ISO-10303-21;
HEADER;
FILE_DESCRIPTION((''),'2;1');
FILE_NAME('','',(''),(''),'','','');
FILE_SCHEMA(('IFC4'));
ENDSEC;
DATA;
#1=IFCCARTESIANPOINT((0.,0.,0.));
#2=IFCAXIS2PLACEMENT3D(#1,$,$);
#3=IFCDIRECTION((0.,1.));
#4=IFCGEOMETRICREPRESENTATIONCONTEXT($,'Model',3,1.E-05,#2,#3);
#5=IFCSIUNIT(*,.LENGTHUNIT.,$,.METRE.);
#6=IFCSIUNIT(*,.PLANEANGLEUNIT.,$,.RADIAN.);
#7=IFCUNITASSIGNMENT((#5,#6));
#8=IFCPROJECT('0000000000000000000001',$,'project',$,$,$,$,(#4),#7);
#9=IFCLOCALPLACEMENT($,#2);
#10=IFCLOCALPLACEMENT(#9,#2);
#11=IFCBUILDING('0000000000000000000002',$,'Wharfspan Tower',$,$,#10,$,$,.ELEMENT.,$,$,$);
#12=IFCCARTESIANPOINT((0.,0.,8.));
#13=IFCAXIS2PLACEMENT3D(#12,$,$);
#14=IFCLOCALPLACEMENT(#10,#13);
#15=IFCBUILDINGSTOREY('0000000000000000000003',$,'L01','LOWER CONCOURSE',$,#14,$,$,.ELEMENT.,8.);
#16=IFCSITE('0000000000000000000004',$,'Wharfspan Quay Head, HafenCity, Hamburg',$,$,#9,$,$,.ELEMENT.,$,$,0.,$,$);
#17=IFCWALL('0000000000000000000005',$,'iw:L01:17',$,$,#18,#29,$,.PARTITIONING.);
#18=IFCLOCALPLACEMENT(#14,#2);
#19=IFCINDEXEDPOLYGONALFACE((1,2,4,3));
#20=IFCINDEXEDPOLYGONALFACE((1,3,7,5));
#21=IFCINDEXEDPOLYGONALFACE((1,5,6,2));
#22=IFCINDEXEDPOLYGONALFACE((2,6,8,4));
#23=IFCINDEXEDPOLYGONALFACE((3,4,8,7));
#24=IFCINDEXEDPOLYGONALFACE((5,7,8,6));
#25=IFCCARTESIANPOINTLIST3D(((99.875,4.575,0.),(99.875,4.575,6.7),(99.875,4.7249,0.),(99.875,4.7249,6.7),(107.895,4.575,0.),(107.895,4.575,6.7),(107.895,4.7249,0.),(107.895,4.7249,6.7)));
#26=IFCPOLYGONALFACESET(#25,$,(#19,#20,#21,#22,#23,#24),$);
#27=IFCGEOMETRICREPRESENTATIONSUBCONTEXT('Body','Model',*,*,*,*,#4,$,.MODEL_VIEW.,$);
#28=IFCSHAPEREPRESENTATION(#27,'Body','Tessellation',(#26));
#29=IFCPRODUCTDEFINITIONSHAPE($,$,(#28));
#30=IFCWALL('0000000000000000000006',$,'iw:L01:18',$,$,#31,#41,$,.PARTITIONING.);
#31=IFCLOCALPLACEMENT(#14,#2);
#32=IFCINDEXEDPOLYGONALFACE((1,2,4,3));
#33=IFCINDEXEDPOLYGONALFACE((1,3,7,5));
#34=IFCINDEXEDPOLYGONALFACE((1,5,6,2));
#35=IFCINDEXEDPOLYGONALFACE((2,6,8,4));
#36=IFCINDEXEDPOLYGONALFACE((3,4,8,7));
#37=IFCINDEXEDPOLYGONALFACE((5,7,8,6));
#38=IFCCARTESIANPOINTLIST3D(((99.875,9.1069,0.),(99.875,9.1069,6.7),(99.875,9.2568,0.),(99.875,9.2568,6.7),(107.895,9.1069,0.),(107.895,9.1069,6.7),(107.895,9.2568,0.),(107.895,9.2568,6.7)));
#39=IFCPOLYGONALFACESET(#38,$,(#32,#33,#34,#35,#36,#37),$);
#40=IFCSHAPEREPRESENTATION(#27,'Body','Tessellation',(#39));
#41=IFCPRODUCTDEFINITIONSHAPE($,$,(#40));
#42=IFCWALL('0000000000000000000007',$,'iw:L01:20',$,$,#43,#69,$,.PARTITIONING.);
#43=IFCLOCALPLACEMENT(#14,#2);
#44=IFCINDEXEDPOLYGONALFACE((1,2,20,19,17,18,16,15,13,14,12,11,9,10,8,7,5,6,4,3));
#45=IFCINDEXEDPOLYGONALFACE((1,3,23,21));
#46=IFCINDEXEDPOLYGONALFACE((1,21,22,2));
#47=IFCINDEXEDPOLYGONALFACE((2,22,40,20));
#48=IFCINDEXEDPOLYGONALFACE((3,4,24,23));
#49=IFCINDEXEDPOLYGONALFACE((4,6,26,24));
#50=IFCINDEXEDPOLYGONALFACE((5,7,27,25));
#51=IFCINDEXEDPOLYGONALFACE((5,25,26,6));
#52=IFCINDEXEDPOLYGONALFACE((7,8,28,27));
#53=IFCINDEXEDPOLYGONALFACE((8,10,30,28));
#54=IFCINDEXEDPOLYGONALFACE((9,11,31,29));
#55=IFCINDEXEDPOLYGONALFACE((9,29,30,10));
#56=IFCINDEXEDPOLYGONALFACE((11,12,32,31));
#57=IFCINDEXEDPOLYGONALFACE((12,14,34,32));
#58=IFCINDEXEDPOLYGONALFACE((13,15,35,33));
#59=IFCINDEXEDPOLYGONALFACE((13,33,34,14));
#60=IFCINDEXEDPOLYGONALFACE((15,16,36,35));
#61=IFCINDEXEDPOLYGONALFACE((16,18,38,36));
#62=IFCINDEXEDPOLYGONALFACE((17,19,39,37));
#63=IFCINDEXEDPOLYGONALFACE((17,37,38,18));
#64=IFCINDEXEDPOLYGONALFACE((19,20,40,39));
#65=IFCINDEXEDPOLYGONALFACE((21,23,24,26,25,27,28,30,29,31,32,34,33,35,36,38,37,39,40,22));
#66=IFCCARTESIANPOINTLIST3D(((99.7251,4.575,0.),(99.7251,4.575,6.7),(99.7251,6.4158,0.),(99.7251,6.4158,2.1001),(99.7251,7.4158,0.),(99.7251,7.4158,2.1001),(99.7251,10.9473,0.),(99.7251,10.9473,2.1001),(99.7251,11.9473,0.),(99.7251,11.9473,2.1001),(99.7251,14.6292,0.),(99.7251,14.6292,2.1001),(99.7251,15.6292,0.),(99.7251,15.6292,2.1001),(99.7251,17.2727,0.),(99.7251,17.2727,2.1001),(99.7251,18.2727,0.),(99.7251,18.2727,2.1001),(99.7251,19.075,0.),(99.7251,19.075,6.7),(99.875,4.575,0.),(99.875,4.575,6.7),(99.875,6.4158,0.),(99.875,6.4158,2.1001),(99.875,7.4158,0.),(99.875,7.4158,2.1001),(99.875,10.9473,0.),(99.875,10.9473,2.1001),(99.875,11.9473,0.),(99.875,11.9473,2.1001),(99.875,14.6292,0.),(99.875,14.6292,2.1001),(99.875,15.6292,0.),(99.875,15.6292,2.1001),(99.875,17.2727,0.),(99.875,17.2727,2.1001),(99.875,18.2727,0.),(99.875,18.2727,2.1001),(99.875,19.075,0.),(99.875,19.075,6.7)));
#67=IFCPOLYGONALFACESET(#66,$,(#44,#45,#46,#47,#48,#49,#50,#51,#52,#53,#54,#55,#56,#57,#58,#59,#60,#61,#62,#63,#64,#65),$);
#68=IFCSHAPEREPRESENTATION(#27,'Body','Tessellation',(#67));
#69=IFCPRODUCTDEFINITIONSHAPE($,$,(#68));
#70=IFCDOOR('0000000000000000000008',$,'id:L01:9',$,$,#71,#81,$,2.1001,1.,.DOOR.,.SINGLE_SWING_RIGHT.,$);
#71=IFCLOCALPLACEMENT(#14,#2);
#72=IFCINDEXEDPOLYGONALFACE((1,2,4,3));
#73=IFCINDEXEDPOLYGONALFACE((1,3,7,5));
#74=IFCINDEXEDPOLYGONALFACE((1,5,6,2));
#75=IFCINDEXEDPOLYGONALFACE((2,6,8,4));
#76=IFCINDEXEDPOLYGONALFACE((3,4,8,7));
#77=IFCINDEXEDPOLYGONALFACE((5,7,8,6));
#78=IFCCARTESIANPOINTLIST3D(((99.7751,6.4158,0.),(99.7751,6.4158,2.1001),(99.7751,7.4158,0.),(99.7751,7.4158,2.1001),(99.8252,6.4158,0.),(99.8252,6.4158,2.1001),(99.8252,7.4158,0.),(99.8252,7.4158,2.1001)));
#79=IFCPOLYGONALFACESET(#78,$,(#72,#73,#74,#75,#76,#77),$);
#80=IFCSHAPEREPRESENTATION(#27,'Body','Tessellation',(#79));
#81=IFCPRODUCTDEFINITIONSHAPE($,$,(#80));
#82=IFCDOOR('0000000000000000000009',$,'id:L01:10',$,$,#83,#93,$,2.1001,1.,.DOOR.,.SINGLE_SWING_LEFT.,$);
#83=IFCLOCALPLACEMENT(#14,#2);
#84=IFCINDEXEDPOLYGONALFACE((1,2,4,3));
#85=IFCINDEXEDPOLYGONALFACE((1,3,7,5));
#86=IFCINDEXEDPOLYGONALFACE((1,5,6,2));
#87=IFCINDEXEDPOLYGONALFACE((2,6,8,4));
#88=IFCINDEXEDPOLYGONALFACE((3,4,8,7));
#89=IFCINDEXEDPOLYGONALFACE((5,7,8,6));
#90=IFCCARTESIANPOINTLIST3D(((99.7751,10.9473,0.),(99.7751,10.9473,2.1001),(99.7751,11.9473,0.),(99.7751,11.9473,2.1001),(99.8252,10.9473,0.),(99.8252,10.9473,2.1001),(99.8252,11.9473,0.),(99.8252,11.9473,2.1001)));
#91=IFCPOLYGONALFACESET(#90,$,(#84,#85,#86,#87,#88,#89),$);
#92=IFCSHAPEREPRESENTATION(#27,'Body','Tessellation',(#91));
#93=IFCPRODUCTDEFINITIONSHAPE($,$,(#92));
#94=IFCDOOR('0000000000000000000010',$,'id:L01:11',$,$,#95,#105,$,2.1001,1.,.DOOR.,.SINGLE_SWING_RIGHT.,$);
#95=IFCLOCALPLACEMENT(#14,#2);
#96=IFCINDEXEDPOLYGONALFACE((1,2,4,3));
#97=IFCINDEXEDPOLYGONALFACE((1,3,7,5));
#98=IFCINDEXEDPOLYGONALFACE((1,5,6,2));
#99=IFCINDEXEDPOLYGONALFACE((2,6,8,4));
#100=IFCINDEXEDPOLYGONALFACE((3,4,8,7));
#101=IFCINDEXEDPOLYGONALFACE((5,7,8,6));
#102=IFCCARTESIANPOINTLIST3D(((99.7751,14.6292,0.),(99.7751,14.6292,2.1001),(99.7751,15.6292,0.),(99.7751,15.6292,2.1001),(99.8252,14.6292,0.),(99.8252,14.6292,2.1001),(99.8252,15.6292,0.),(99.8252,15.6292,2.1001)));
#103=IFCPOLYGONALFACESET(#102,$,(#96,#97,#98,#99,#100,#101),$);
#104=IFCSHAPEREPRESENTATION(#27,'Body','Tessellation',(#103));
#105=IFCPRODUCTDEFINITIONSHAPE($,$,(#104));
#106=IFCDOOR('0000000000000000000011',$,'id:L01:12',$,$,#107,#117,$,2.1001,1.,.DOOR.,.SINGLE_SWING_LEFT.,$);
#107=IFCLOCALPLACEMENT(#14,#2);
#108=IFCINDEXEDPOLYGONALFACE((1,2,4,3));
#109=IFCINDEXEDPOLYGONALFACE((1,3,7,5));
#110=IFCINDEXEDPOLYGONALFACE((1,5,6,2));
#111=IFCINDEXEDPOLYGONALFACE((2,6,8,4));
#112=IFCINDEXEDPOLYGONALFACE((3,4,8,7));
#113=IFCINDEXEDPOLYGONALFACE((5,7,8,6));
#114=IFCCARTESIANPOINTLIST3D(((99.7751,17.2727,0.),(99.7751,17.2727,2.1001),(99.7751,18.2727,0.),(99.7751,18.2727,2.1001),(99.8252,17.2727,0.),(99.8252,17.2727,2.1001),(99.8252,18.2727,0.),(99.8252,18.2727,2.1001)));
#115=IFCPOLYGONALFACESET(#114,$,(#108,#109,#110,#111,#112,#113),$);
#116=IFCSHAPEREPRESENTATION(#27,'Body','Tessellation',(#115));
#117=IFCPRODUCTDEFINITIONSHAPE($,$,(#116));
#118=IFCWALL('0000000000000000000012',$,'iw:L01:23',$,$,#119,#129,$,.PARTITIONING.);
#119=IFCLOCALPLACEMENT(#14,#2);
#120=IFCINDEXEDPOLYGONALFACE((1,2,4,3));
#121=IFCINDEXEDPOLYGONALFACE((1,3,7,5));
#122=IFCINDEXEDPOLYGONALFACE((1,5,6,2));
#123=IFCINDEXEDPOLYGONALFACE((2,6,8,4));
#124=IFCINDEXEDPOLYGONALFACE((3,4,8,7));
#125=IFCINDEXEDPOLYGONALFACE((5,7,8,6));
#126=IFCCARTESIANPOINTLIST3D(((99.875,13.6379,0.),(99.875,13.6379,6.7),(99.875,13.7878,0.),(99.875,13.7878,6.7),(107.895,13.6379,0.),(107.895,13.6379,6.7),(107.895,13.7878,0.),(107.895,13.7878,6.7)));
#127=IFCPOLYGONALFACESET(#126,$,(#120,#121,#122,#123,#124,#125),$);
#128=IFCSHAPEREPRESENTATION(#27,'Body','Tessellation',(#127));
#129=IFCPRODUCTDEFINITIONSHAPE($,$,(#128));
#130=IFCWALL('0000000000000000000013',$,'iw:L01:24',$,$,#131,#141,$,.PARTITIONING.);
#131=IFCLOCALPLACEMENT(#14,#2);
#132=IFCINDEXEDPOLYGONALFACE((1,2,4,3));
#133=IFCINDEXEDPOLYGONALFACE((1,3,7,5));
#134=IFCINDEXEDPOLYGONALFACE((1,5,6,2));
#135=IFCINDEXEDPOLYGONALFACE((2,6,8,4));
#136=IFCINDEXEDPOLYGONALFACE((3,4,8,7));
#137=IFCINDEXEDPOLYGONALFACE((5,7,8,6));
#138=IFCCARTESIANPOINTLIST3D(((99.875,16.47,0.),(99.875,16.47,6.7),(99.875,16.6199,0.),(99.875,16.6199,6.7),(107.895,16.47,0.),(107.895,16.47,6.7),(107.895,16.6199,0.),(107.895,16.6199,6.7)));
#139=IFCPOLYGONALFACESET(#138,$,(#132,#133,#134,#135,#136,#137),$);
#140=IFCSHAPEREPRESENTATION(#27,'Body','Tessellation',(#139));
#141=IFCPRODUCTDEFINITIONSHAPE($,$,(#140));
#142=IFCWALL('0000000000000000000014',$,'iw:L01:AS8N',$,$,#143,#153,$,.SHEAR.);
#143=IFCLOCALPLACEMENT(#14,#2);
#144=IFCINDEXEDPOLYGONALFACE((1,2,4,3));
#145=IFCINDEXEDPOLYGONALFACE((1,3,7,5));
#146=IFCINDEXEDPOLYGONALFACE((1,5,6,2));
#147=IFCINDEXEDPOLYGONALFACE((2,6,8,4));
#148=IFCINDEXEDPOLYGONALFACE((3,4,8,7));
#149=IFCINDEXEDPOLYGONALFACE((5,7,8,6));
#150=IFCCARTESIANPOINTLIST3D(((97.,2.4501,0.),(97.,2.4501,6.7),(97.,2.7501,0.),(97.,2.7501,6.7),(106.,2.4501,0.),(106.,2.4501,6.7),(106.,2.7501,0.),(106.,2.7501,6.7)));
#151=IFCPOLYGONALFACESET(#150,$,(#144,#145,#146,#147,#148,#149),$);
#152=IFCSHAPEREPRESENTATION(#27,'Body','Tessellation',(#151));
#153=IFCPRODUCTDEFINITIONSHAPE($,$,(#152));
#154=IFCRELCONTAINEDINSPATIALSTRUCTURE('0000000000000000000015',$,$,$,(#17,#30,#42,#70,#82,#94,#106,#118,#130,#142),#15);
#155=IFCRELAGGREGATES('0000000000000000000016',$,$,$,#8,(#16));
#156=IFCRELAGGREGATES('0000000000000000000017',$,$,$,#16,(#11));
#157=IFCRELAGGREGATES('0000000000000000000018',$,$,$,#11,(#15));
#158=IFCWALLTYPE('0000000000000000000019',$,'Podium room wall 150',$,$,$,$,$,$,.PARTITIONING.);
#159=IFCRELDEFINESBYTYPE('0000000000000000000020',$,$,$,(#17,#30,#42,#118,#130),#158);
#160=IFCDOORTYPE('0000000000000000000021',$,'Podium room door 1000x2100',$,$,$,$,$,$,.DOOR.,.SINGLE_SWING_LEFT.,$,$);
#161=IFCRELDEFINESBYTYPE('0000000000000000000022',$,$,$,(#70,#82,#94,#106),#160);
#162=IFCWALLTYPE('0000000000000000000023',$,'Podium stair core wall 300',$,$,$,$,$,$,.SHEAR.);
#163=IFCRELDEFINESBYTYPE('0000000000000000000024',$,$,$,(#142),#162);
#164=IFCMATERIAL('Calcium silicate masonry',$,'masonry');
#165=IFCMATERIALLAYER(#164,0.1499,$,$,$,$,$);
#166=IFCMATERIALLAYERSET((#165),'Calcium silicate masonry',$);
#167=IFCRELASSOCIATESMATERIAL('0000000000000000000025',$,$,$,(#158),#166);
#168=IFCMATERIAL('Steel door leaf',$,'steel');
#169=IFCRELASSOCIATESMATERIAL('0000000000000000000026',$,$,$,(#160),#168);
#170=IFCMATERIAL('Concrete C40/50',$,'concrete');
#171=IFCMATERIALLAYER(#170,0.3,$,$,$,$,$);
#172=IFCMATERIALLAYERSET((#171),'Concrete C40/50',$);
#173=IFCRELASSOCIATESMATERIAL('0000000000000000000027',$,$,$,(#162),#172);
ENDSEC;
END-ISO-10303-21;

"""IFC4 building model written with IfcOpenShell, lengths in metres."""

from ifc_helpers import new_model, si_unit, direction, frame, frame_2d, origin, place, context, subcontext, project, spatial, rectangle, extrude, material, layer, layer_set, type_object, element, fill, save


model = new_model("IFC4")

# Units and contexts
model_context = context("Model", 3, precision=1e-05, world=origin(), true_north=direction((0.0, 1.0)))
body_context = subcontext(model_context, "Body", "Model", "MODEL_VIEW")
ifc_project = project(units=[si_unit("LENGTHUNIT", "METRE"), si_unit("PLANEANGLEUNIT", "RADIAN")], contexts=[model_context])

# Site, building, storey
site_placement = place(None, origin())
site = spatial("IfcSite", under=ifc_project, at=site_placement, Name="Wharfspan Quay Head, HafenCity, Hamburg", CompositionType="ELEMENT", RefElevation=0.0)
building_placement = place(site_placement, origin())
building = spatial("IfcBuilding", under=site, at=building_placement, Name="Wharfspan Tower", CompositionType="ELEMENT")
storey_placement = place(building_placement, frame((0.0, 0.0, 8.0)))
storey = spatial("IfcBuildingStorey", under=building, at=storey_placement, Name="L01", Description="LOWER CONCOURSE", CompositionType="ELEMENT", Elevation=8.0)

# Walls
ifc_material_1 = material(Name="Calcium silicate masonry", Category="masonry")
ifc_layer_1 = layer(ifc_material_1, 0.1499)
ifc_layer_set_1 = layer_set([ifc_layer_1], Name="Calcium silicate masonry")
wall_type_1 = type_object("IfcWallType", Name="Podium room wall 150", PredefinedType="PARTITIONING", material=ifc_layer_set_1)
for number, where, z_axis, x_axis, name in (
    (1, (99.875, 4.6499, 0.0), (0.0, 0.0, 1.0), (1.0, 0.0, 0.0), "iw:L01:17"),
    (2, (99.875, 9.1819, 0.0), (0.0, 0.0, 1.0), (1.0, 0.0, 0.0), "iw:L01:18"),
):
    element("IfcWall", number, at=place(storey_placement, frame(where, z_axis=z_axis, x_axis=x_axis)), inside=storey, type_object=wall_type_1, Name=name, PredefinedType="PARTITIONING", context=body_context, shape_type="SweptSolid", body=[
        extrude(rectangle(XDim=8.02, YDim=0.1499, at=frame_2d((4.01, 0.0))), origin(), (0.0, 0.0, 1.0), 6.7),
    ])

# Wall, openings, doors
wall_1_placement = place(storey_placement, frame((99.8, 4.575, 0.0), z_axis=(0.0, 0.0, 1.0), x_axis=(0.0, 1.0, 0.0)))
wall_1 = element("IfcWall", 3, at=wall_1_placement, inside=storey, type_object=wall_type_1, Name="iw:L01:20", PredefinedType="PARTITIONING", context=body_context, shape_type="SweptSolid", body=[
    extrude(rectangle(XDim=14.5, YDim=0.1499, at=frame_2d((7.25, 0.0))), origin(), (0.0, 0.0, 1.0), 6.7),
])
opening_1_placement = place(wall_1_placement, frame((1.8408, 0.0, 0.0)))
opening_1 = element("IfcOpeningElement", 4, at=opening_1_placement, cuts=wall_1, PredefinedType="OPENING", context=body_context, shape_type="SweptSolid", body=[
    extrude(rectangle(XDim=1.0, YDim=2.1001, at=frame_2d((0.5, 1.05))), frame((0.0, 0.085, 0.0), z_axis=(0.0, -1.0, 0.0), x_axis=(1.0, 0.0, 0.0)), (0.0, 0.0, 1.0), 0.1699),
])
opening_2_placement = place(wall_1_placement, frame((6.3723, 0.0, 0.0)))
opening_2 = element("IfcOpeningElement", 5, at=opening_2_placement, cuts=wall_1, PredefinedType="OPENING", context=body_context, shape_type="SweptSolid", body=[
    extrude(rectangle(XDim=1.0, YDim=2.1001, at=frame_2d((0.5, 1.05))), frame((0.0, 0.085, 0.0), z_axis=(0.0, -1.0, 0.0), x_axis=(1.0, 0.0, 0.0)), (0.0, 0.0, 1.0), 0.1699),
])
opening_3_placement = place(wall_1_placement, frame((10.0542, 0.0, 0.0)))
opening_3 = element("IfcOpeningElement", 6, at=opening_3_placement, cuts=wall_1, PredefinedType="OPENING", context=body_context, shape_type="SweptSolid", body=[
    extrude(rectangle(XDim=1.0, YDim=2.1001, at=frame_2d((0.5, 1.05))), frame((0.0, 0.085, 0.0), z_axis=(0.0, -1.0, 0.0), x_axis=(1.0, 0.0, 0.0)), (0.0, 0.0, 1.0), 0.1699),
])
opening_4_placement = place(wall_1_placement, frame((12.6978, 0.0, 0.0)))
opening_4 = element("IfcOpeningElement", 7, at=opening_4_placement, cuts=wall_1, PredefinedType="OPENING", context=body_context, shape_type="SweptSolid", body=[
    extrude(rectangle(XDim=1.0, YDim=2.1001, at=frame_2d((0.5, 1.05))), frame((0.0, 0.085, 0.0), z_axis=(0.0, -1.0, 0.0), x_axis=(1.0, 0.0, 0.0)), (0.0, 0.0, 1.0), 0.1699),
])
ifc_material_2 = material(Name="Steel door leaf", Category="steel")
door_type = type_object("IfcDoorType", Name="Podium room door 1000x2100", OperationType="SINGLE_SWING_LEFT", PredefinedType="DOOR", material=ifc_material_2)
door_1_placement = place(opening_1_placement, origin())
door_1 = element("IfcDoor", 8, at=door_1_placement, inside=storey, type_object=door_type, Name="id:L01:9", OperationType="SINGLE_SWING_RIGHT", OverallHeight=2.1001, OverallWidth=1.0, PredefinedType="DOOR", context=body_context, shape_type="SweptSolid", body=[
    extrude(rectangle(XDim=1.0, YDim=2.1001, at=frame_2d((0.5, 1.05))), frame((0.0, 0.0249, 0.0), z_axis=(0.0, -1.0, 0.0), x_axis=(1.0, 0.0, 0.0)), (0.0, 0.0, 1.0), 0.05),
])
fill(opening_1, door_1)
door_2_placement = place(opening_2_placement, origin())
door_2 = element("IfcDoor", 9, at=door_2_placement, inside=storey, type_object=door_type, Name="id:L01:10", OperationType="SINGLE_SWING_LEFT", OverallHeight=2.1001, OverallWidth=1.0, PredefinedType="DOOR", context=body_context, shape_type="SweptSolid", body=[
    extrude(rectangle(XDim=1.0, YDim=2.1001, at=frame_2d((0.5, 1.05))), frame((0.0, 0.0249, 0.0), z_axis=(0.0, -1.0, 0.0), x_axis=(1.0, 0.0, 0.0)), (0.0, 0.0, 1.0), 0.05),
])
fill(opening_2, door_2)
door_3_placement = place(opening_3_placement, origin())
door_3 = element("IfcDoor", 10, at=door_3_placement, inside=storey, type_object=door_type, Name="id:L01:11", OperationType="SINGLE_SWING_RIGHT", OverallHeight=2.1001, OverallWidth=1.0, PredefinedType="DOOR", context=body_context, shape_type="SweptSolid", body=[
    extrude(rectangle(XDim=1.0, YDim=2.1001, at=frame_2d((0.5, 1.05))), frame((0.0, 0.0249, 0.0), z_axis=(0.0, -1.0, 0.0), x_axis=(1.0, 0.0, 0.0)), (0.0, 0.0, 1.0), 0.05),
])
fill(opening_3, door_3)
door_4_placement = place(opening_4_placement, origin())
door_4 = element("IfcDoor", 11, at=door_4_placement, inside=storey, type_object=door_type, Name="id:L01:12", OperationType="SINGLE_SWING_LEFT", OverallHeight=2.1001, OverallWidth=1.0, PredefinedType="DOOR", context=body_context, shape_type="SweptSolid", body=[
    extrude(rectangle(XDim=1.0, YDim=2.1001, at=frame_2d((0.5, 1.05))), frame((0.0, 0.0249, 0.0), z_axis=(0.0, -1.0, 0.0), x_axis=(1.0, 0.0, 0.0)), (0.0, 0.0, 1.0), 0.05),
])
fill(opening_4, door_4)

# Walls
for number, where, z_axis, x_axis, name in (
    (12, (99.875, 13.7129, 0.0), (0.0, 0.0, 1.0), (1.0, 0.0, 0.0), "iw:L01:23"),
    (13, (99.875, 16.5449, 0.0), (0.0, 0.0, 1.0), (1.0, 0.0, 0.0), "iw:L01:24"),
):
    element("IfcWall", number, at=place(storey_placement, frame(where, z_axis=z_axis, x_axis=x_axis)), inside=storey, type_object=wall_type_1, Name=name, PredefinedType="PARTITIONING", context=body_context, shape_type="SweptSolid", body=[
        extrude(rectangle(XDim=8.02, YDim=0.1499, at=frame_2d((4.01, 0.0))), origin(), (0.0, 0.0, 1.0), 6.7),
    ])
ifc_material_3 = material(Name="Concrete C40/50", Category="concrete")
ifc_layer_2 = layer(ifc_material_3, 0.3)
ifc_layer_set_2 = layer_set([ifc_layer_2], Name="Concrete C40/50")
wall_type_2 = type_object("IfcWallType", Name="Podium stair core wall 300", PredefinedType="SHEAR", material=ifc_layer_set_2)
wall_2_placement = place(storey_placement, frame((97.0, 2.6001, 0.0), z_axis=(0.0, 0.0, 1.0), x_axis=(1.0, 0.0, 0.0)))
element("IfcWall", 14, at=wall_2_placement, inside=storey, type_object=wall_type_2, Name="iw:L01:AS8N", PredefinedType="SHEAR", context=body_context, shape_type="SweptSolid", body=[
    extrude(rectangle(XDim=9.0, YDim=0.3, at=frame_2d((4.5, 0.0))), origin(), (0.0, 0.0, 1.0), 6.7),
])

save(model, "model.ifc")
